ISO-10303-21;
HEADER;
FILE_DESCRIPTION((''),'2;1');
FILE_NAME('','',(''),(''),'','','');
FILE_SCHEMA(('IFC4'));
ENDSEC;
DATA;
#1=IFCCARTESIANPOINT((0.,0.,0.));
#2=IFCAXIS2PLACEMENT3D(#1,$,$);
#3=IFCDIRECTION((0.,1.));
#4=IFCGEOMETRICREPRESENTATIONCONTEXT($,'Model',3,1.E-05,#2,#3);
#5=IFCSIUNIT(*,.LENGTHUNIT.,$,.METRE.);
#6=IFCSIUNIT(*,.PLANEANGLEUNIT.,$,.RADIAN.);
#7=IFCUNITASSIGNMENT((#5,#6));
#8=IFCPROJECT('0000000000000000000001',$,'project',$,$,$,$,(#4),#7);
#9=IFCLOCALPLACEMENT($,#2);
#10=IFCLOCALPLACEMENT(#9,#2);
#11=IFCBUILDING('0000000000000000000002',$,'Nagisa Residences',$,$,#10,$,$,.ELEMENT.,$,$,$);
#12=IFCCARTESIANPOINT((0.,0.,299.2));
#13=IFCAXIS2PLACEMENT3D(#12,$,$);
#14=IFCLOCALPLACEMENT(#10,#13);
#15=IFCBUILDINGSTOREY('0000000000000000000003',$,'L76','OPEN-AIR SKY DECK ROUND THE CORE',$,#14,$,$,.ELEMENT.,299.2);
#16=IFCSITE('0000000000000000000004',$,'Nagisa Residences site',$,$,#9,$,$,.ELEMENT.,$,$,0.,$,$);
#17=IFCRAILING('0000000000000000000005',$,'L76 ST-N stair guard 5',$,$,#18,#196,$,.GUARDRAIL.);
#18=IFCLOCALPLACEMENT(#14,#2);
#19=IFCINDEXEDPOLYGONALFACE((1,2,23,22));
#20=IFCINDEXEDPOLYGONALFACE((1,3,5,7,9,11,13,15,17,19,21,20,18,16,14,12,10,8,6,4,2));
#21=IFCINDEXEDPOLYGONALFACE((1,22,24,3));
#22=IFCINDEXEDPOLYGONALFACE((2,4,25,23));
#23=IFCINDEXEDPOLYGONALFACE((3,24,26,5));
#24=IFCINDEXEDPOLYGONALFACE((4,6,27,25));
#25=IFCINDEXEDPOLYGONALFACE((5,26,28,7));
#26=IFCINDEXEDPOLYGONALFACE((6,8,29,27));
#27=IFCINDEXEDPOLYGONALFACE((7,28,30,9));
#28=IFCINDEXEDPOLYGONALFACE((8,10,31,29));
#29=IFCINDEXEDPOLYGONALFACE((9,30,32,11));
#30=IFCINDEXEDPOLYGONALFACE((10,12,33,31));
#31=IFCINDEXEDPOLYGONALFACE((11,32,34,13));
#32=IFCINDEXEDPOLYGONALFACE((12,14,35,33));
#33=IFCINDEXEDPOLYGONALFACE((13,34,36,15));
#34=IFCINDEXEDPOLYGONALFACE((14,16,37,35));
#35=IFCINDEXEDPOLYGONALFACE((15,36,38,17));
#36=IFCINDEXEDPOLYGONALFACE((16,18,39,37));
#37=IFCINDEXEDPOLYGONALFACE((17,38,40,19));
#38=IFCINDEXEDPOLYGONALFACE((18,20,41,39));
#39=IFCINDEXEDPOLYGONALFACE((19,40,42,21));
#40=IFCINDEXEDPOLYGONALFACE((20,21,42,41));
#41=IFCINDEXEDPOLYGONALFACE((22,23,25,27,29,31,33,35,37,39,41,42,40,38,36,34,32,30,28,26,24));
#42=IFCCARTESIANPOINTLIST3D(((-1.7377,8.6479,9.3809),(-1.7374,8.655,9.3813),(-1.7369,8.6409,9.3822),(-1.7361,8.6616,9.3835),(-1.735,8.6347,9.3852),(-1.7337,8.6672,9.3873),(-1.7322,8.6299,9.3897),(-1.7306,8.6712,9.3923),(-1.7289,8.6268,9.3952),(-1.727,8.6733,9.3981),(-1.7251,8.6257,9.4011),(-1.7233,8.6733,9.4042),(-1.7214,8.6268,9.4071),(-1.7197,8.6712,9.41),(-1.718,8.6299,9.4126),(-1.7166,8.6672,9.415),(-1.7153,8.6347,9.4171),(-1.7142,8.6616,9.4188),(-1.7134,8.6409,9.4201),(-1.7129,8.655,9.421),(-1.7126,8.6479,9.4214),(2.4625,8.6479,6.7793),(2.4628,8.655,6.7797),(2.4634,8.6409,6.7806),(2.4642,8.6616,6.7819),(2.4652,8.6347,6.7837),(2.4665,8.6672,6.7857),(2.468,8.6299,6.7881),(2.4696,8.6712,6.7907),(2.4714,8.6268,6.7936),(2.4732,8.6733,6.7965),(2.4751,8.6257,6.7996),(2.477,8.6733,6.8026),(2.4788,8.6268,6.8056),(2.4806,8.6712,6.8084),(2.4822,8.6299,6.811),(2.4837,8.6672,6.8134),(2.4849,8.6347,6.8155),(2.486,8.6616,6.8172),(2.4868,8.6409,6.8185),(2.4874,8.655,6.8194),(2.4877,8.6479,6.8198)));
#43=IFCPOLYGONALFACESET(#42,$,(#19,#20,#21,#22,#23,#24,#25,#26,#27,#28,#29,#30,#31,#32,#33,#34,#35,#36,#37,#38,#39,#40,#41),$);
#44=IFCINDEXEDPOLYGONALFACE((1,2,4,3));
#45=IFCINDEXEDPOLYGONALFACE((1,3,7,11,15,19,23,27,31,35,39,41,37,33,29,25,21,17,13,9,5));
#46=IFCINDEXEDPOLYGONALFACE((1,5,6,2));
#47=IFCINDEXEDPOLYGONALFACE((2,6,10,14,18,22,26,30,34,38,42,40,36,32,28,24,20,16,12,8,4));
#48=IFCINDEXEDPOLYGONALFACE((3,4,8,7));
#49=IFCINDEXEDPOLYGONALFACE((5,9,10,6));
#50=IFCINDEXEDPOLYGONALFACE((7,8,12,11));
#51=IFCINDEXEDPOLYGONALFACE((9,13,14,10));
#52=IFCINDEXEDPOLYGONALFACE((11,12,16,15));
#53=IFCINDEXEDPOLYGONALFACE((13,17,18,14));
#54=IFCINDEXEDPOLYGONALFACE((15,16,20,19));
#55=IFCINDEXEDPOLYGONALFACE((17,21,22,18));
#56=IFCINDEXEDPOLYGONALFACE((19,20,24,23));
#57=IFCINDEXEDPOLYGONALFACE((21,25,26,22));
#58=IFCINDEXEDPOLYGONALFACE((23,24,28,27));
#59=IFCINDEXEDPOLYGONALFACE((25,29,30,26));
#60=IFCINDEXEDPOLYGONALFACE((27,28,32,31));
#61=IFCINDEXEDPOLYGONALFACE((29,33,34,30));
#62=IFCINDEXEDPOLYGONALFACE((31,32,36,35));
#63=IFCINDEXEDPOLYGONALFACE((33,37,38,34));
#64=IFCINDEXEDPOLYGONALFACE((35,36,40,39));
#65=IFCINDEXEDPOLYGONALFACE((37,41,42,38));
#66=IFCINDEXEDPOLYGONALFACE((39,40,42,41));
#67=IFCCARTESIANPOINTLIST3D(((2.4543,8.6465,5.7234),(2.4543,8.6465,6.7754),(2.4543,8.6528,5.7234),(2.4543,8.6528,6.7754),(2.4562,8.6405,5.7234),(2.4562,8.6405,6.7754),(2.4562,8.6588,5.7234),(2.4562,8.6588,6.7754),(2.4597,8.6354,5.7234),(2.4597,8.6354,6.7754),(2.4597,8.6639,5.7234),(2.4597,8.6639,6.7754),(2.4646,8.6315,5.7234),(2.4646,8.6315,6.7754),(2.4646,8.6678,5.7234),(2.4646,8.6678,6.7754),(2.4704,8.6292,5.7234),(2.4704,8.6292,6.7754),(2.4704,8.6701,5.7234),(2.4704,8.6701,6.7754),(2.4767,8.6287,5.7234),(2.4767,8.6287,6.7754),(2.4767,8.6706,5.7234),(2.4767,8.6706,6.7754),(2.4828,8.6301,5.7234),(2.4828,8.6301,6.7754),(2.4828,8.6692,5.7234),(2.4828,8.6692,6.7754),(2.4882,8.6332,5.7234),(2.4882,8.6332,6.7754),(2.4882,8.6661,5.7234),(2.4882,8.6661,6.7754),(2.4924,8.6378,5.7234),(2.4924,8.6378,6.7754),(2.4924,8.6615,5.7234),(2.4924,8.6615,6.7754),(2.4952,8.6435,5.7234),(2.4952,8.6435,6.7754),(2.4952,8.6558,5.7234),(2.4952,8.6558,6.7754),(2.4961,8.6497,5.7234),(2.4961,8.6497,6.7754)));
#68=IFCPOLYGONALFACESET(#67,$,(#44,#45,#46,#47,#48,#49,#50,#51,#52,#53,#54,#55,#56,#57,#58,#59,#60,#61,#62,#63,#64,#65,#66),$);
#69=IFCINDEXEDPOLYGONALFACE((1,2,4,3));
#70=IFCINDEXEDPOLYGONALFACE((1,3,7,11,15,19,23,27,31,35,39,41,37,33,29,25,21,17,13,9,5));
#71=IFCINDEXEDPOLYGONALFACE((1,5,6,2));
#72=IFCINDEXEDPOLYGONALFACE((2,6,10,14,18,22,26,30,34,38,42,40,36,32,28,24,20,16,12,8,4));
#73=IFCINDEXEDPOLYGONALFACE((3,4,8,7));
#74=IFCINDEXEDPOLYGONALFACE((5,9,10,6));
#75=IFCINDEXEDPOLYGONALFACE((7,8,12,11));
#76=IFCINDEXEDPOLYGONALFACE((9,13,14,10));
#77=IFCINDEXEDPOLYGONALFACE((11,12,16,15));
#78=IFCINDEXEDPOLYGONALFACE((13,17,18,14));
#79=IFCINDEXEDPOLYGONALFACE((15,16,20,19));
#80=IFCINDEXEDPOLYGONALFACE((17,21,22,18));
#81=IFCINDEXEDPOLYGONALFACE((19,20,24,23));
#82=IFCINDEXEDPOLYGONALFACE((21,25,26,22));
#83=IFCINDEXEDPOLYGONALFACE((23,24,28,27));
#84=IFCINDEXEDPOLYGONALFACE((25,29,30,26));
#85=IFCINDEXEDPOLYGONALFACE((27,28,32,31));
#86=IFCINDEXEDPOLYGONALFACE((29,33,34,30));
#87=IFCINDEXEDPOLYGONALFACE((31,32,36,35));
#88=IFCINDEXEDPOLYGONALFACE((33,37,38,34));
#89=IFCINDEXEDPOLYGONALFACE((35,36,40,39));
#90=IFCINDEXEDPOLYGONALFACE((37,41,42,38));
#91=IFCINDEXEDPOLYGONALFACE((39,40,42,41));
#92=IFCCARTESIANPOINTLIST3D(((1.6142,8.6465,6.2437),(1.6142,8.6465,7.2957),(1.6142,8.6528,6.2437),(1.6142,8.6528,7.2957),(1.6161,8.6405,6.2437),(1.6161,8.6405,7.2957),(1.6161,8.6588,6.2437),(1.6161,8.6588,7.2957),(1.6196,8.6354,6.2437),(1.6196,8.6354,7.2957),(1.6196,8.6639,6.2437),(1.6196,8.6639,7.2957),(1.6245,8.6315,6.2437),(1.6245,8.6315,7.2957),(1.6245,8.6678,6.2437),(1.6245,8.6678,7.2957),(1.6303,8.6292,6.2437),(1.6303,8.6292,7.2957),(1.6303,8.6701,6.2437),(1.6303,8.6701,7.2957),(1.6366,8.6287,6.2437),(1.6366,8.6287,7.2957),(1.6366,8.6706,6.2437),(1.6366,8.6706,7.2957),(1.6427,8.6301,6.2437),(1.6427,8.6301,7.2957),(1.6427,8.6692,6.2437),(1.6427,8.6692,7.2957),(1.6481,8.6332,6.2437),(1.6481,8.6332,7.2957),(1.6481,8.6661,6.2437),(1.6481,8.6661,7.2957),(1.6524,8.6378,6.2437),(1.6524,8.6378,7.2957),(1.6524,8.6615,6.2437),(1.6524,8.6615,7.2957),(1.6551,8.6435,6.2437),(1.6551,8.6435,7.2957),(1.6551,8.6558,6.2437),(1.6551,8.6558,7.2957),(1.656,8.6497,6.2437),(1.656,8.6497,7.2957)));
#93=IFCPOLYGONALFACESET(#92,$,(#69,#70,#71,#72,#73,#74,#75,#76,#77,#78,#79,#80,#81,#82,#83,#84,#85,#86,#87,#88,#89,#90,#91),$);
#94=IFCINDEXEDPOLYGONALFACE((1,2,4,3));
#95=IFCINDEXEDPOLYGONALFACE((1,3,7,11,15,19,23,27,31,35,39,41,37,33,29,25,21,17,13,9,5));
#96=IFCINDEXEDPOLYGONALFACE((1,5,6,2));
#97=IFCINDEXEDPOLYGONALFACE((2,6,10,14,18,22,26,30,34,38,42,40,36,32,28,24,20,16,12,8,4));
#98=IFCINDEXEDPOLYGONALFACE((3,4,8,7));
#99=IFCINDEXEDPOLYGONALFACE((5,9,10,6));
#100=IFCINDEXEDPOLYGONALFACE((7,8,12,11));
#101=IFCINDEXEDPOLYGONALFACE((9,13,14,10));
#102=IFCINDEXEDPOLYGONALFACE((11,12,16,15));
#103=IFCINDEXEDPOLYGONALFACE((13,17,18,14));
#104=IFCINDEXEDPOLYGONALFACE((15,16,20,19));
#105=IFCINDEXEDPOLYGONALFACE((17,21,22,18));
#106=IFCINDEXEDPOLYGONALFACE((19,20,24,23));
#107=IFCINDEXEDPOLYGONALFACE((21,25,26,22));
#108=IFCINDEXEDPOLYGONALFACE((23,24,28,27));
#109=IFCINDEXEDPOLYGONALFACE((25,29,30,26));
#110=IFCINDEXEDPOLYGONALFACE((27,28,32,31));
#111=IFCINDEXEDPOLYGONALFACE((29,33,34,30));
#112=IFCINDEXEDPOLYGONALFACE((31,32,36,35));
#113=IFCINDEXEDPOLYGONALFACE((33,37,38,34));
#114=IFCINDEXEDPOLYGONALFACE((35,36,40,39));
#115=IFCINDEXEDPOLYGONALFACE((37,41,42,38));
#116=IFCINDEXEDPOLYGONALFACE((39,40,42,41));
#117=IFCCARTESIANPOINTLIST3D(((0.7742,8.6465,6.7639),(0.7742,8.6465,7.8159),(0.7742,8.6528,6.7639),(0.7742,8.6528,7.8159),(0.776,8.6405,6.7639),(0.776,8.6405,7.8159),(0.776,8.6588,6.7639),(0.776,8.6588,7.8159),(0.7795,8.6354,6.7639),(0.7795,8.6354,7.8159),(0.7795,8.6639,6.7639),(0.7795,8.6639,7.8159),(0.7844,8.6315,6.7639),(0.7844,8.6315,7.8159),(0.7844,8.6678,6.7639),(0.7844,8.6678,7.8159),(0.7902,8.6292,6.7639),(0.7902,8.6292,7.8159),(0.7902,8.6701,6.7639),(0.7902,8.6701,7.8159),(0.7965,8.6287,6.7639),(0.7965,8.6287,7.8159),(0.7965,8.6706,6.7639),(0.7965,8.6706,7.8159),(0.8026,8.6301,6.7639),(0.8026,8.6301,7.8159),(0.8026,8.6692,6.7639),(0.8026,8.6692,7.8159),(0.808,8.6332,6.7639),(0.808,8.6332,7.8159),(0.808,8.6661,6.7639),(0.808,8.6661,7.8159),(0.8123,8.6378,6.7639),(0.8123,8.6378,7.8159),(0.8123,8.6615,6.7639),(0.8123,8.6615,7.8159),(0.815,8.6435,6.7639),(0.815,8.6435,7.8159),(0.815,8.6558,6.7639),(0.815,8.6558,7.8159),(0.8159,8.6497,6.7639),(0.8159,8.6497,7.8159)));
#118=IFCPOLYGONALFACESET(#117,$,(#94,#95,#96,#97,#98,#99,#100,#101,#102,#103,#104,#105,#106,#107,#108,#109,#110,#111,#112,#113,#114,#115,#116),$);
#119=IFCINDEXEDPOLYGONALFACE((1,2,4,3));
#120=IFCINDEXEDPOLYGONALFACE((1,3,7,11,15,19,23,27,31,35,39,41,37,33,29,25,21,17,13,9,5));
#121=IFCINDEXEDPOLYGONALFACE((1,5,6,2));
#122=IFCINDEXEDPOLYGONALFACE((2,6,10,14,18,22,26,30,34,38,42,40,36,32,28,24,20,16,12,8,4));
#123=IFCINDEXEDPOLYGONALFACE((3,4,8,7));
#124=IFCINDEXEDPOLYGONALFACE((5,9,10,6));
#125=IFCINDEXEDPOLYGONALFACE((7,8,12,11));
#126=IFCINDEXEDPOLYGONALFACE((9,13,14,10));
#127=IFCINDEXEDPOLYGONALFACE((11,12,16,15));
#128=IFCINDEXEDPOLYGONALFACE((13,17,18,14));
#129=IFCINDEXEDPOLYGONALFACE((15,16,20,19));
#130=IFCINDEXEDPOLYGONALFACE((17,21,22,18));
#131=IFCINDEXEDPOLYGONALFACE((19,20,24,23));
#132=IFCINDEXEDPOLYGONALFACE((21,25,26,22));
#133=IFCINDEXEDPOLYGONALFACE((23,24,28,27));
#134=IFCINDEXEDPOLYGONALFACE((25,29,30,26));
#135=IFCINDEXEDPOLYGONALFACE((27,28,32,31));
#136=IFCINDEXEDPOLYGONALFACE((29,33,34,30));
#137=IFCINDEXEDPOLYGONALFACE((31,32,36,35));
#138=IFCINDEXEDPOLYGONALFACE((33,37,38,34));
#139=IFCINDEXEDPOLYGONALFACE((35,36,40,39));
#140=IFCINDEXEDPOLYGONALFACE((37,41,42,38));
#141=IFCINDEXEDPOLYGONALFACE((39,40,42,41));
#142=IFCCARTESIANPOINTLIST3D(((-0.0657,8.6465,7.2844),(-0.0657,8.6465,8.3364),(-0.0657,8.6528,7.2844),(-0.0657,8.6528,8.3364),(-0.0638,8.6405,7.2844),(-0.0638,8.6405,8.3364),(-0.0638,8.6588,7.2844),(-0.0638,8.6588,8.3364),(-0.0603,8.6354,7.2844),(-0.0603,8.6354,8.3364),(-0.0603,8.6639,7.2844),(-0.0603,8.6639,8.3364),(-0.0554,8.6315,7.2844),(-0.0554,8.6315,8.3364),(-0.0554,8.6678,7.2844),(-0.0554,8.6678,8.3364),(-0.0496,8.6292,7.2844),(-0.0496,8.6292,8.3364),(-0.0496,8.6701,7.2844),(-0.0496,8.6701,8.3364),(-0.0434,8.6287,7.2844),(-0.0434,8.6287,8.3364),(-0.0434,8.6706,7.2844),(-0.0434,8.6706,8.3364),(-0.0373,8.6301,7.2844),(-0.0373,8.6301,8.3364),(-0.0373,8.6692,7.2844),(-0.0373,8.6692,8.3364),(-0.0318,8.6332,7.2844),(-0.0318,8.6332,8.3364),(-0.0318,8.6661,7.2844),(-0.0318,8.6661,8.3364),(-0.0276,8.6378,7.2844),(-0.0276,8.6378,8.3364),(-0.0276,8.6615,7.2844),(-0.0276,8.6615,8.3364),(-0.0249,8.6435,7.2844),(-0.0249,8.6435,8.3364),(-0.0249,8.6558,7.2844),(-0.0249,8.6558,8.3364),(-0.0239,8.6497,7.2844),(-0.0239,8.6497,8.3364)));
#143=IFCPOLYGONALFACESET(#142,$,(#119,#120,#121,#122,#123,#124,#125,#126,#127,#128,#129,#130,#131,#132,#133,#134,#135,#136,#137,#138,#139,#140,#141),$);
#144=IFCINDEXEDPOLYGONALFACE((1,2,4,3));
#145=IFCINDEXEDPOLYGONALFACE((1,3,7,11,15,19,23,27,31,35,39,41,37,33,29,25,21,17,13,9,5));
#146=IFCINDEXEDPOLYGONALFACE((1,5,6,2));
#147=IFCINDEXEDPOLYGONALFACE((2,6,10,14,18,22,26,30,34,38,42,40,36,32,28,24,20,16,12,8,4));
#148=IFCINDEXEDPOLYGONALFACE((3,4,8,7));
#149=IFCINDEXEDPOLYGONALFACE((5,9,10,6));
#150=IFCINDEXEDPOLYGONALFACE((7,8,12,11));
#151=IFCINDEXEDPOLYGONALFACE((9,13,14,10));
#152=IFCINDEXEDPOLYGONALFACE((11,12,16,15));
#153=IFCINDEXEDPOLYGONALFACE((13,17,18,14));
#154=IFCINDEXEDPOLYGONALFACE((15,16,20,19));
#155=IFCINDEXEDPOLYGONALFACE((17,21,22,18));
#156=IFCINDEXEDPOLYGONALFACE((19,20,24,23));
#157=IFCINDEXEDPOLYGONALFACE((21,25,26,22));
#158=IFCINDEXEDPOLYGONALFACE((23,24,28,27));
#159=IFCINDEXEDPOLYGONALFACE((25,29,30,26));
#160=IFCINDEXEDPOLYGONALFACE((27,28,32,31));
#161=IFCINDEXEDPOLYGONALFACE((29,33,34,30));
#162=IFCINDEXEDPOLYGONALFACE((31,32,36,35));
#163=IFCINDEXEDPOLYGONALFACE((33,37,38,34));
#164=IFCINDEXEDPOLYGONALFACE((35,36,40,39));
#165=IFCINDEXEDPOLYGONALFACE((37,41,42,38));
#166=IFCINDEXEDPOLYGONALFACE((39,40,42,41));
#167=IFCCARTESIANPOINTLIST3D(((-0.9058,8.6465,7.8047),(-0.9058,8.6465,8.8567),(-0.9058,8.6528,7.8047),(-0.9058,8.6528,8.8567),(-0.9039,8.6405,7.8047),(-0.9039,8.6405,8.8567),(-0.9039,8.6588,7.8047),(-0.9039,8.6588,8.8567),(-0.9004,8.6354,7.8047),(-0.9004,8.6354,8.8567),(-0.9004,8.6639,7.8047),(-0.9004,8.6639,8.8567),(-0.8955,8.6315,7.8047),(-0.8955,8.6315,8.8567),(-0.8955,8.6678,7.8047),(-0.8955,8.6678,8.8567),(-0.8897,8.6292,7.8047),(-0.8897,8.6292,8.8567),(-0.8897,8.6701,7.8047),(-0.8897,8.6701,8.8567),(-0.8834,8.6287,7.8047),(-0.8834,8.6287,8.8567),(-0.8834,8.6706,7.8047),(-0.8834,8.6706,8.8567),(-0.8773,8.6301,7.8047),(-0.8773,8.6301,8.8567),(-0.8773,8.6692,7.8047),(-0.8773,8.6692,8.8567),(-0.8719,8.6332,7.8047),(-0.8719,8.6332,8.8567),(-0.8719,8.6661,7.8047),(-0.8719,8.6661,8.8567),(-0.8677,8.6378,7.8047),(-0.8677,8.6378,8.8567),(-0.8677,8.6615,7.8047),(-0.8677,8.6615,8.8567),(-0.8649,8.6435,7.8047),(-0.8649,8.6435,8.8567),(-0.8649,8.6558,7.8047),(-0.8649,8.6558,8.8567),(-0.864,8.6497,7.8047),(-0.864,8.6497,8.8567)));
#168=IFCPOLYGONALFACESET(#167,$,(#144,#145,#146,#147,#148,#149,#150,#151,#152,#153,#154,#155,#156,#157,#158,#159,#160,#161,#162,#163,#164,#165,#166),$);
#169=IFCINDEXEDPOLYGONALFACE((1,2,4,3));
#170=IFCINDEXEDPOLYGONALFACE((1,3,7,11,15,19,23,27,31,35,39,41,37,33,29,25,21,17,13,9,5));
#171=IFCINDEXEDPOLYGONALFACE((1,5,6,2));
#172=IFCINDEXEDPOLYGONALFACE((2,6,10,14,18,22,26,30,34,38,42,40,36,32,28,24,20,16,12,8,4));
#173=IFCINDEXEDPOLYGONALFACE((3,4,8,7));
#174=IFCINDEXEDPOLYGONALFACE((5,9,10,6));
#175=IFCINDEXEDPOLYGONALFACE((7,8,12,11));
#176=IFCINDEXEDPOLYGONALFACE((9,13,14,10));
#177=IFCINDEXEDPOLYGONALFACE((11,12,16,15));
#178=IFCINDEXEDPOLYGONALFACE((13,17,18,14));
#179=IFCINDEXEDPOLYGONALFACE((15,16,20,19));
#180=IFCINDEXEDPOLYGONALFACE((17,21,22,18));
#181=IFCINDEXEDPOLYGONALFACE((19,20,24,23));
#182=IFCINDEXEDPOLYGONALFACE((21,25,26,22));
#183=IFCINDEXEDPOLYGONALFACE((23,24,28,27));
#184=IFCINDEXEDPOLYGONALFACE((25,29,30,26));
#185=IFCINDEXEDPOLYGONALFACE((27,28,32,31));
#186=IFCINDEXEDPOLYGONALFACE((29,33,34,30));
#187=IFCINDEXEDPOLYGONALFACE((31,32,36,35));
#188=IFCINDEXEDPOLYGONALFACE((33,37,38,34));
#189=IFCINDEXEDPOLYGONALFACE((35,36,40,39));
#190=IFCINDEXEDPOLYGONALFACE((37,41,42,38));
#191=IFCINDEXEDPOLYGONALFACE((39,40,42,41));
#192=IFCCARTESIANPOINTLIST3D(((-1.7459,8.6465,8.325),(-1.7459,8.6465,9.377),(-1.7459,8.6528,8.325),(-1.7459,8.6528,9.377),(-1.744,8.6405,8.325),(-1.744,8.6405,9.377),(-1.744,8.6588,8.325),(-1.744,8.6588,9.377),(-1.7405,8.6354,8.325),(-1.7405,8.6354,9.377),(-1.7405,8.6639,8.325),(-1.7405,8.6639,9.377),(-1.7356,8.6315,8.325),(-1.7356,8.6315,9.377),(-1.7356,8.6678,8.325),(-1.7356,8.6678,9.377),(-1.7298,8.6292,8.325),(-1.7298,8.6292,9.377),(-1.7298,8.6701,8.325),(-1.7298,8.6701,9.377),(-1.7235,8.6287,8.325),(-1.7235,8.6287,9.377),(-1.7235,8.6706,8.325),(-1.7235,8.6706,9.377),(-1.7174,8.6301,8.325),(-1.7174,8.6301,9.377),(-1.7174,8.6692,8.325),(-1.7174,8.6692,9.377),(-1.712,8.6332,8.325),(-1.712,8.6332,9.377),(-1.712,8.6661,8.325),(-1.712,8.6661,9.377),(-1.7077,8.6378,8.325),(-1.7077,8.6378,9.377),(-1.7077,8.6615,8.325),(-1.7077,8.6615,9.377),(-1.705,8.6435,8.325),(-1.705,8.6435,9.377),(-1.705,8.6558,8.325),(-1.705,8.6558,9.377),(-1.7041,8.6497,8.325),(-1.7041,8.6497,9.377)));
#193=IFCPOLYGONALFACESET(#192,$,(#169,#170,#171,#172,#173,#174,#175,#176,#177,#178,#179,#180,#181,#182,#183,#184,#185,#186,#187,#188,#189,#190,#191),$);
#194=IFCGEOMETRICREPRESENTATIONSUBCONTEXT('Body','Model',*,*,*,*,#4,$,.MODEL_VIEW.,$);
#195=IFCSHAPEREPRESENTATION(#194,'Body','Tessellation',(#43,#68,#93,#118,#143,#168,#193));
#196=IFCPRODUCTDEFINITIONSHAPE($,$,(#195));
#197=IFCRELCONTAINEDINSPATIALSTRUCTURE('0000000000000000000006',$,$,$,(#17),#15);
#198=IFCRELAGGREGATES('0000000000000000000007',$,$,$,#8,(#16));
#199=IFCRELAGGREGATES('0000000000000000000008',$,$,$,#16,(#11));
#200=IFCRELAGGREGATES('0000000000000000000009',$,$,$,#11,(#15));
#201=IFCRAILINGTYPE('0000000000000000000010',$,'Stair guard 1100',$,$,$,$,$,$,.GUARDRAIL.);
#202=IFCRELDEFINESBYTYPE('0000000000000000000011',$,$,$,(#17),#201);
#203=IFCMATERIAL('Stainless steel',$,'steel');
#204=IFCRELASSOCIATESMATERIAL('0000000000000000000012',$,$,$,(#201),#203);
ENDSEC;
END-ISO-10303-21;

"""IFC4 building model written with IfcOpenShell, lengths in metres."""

from ifc_helpers import new_model, si_unit, direction, frame, origin, origin_2d, place, context, subcontext, project, spatial, circle, extrude, material, type_object, element, save


model = new_model("IFC4")

# Units and contexts
model_context = context("Model", 3, precision=1e-05, world=origin(), true_north=direction((0.0, 1.0)))
body_context = subcontext(model_context, "Body", "Model", "MODEL_VIEW")
ifc_project = project(units=[si_unit("LENGTHUNIT", "METRE"), si_unit("PLANEANGLEUNIT", "RADIAN")], contexts=[model_context])

# Site, building, storey
site_placement = place(None, origin())
site = spatial("IfcSite", under=ifc_project, at=site_placement, Name="Nagisa Residences site", CompositionType="ELEMENT", RefElevation=0.0)
building_placement = place(site_placement, origin())
building = spatial("IfcBuilding", under=site, at=building_placement, Name="Nagisa Residences", CompositionType="ELEMENT")
storey_placement = place(building_placement, frame((0.0, 0.0, 299.2)))
storey = spatial("IfcBuildingStorey", under=building, at=storey_placement, Name="L76", Description="OPEN-AIR SKY DECK ROUND THE CORE", CompositionType="ELEMENT", Elevation=299.2)

# Railing
ifc_material_1 = material(Name="Stainless steel", Category="steel")
railing_type_1 = type_object("IfcRailingType", Name="Stair guard 1100", PredefinedType="GUARDRAIL", material=ifc_material_1)
railing_1_placement = place(storey_placement, frame((2.4751, 8.6497, 5.7234)))
element("IfcRailing", 1, at=railing_1_placement, inside=storey, type_object=railing_type_1, Name="L76 ST-N stair guard 5", PredefinedType="GUARDRAIL", context=body_context, shape_type="SweptSolid", body=[
    extrude(circle(Radius=0.0239, at=origin_2d()), frame((0.0, 0.0, 1.0762), z_axis=(-0.850135, 0.0, 0.526566), x_axis=(0.0, -1.0, 0.0)), (0.0, 0.0, 1.0), 4.9407),
    extrude(circle(Radius=0.021, at=origin_2d()), origin(), (0.0, 0.0, 1.0), 1.052),
    extrude(circle(Radius=0.021, at=origin_2d()), frame((-0.8401, 0.0, 0.5203)), (0.0, 0.0, 1.0), 1.052),
    extrude(circle(Radius=0.021, at=origin_2d()), frame((-1.6802, 0.0, 1.0405)), (0.0, 0.0, 1.0), 1.052),
    extrude(circle(Radius=0.021, at=origin_2d()), frame((-2.52, 0.0, 1.561)), (0.0, 0.0, 1.0), 1.052),
    extrude(circle(Radius=0.021, at=origin_2d()), frame((-3.3601, 0.0, 2.0813)), (0.0, 0.0, 1.0), 1.052),
    extrude(circle(Radius=0.021, at=origin_2d()), frame((-4.2002, 0.0, 2.6016)), (0.0, 0.0, 1.0), 1.052),
])

save(model, "model.ifc")
